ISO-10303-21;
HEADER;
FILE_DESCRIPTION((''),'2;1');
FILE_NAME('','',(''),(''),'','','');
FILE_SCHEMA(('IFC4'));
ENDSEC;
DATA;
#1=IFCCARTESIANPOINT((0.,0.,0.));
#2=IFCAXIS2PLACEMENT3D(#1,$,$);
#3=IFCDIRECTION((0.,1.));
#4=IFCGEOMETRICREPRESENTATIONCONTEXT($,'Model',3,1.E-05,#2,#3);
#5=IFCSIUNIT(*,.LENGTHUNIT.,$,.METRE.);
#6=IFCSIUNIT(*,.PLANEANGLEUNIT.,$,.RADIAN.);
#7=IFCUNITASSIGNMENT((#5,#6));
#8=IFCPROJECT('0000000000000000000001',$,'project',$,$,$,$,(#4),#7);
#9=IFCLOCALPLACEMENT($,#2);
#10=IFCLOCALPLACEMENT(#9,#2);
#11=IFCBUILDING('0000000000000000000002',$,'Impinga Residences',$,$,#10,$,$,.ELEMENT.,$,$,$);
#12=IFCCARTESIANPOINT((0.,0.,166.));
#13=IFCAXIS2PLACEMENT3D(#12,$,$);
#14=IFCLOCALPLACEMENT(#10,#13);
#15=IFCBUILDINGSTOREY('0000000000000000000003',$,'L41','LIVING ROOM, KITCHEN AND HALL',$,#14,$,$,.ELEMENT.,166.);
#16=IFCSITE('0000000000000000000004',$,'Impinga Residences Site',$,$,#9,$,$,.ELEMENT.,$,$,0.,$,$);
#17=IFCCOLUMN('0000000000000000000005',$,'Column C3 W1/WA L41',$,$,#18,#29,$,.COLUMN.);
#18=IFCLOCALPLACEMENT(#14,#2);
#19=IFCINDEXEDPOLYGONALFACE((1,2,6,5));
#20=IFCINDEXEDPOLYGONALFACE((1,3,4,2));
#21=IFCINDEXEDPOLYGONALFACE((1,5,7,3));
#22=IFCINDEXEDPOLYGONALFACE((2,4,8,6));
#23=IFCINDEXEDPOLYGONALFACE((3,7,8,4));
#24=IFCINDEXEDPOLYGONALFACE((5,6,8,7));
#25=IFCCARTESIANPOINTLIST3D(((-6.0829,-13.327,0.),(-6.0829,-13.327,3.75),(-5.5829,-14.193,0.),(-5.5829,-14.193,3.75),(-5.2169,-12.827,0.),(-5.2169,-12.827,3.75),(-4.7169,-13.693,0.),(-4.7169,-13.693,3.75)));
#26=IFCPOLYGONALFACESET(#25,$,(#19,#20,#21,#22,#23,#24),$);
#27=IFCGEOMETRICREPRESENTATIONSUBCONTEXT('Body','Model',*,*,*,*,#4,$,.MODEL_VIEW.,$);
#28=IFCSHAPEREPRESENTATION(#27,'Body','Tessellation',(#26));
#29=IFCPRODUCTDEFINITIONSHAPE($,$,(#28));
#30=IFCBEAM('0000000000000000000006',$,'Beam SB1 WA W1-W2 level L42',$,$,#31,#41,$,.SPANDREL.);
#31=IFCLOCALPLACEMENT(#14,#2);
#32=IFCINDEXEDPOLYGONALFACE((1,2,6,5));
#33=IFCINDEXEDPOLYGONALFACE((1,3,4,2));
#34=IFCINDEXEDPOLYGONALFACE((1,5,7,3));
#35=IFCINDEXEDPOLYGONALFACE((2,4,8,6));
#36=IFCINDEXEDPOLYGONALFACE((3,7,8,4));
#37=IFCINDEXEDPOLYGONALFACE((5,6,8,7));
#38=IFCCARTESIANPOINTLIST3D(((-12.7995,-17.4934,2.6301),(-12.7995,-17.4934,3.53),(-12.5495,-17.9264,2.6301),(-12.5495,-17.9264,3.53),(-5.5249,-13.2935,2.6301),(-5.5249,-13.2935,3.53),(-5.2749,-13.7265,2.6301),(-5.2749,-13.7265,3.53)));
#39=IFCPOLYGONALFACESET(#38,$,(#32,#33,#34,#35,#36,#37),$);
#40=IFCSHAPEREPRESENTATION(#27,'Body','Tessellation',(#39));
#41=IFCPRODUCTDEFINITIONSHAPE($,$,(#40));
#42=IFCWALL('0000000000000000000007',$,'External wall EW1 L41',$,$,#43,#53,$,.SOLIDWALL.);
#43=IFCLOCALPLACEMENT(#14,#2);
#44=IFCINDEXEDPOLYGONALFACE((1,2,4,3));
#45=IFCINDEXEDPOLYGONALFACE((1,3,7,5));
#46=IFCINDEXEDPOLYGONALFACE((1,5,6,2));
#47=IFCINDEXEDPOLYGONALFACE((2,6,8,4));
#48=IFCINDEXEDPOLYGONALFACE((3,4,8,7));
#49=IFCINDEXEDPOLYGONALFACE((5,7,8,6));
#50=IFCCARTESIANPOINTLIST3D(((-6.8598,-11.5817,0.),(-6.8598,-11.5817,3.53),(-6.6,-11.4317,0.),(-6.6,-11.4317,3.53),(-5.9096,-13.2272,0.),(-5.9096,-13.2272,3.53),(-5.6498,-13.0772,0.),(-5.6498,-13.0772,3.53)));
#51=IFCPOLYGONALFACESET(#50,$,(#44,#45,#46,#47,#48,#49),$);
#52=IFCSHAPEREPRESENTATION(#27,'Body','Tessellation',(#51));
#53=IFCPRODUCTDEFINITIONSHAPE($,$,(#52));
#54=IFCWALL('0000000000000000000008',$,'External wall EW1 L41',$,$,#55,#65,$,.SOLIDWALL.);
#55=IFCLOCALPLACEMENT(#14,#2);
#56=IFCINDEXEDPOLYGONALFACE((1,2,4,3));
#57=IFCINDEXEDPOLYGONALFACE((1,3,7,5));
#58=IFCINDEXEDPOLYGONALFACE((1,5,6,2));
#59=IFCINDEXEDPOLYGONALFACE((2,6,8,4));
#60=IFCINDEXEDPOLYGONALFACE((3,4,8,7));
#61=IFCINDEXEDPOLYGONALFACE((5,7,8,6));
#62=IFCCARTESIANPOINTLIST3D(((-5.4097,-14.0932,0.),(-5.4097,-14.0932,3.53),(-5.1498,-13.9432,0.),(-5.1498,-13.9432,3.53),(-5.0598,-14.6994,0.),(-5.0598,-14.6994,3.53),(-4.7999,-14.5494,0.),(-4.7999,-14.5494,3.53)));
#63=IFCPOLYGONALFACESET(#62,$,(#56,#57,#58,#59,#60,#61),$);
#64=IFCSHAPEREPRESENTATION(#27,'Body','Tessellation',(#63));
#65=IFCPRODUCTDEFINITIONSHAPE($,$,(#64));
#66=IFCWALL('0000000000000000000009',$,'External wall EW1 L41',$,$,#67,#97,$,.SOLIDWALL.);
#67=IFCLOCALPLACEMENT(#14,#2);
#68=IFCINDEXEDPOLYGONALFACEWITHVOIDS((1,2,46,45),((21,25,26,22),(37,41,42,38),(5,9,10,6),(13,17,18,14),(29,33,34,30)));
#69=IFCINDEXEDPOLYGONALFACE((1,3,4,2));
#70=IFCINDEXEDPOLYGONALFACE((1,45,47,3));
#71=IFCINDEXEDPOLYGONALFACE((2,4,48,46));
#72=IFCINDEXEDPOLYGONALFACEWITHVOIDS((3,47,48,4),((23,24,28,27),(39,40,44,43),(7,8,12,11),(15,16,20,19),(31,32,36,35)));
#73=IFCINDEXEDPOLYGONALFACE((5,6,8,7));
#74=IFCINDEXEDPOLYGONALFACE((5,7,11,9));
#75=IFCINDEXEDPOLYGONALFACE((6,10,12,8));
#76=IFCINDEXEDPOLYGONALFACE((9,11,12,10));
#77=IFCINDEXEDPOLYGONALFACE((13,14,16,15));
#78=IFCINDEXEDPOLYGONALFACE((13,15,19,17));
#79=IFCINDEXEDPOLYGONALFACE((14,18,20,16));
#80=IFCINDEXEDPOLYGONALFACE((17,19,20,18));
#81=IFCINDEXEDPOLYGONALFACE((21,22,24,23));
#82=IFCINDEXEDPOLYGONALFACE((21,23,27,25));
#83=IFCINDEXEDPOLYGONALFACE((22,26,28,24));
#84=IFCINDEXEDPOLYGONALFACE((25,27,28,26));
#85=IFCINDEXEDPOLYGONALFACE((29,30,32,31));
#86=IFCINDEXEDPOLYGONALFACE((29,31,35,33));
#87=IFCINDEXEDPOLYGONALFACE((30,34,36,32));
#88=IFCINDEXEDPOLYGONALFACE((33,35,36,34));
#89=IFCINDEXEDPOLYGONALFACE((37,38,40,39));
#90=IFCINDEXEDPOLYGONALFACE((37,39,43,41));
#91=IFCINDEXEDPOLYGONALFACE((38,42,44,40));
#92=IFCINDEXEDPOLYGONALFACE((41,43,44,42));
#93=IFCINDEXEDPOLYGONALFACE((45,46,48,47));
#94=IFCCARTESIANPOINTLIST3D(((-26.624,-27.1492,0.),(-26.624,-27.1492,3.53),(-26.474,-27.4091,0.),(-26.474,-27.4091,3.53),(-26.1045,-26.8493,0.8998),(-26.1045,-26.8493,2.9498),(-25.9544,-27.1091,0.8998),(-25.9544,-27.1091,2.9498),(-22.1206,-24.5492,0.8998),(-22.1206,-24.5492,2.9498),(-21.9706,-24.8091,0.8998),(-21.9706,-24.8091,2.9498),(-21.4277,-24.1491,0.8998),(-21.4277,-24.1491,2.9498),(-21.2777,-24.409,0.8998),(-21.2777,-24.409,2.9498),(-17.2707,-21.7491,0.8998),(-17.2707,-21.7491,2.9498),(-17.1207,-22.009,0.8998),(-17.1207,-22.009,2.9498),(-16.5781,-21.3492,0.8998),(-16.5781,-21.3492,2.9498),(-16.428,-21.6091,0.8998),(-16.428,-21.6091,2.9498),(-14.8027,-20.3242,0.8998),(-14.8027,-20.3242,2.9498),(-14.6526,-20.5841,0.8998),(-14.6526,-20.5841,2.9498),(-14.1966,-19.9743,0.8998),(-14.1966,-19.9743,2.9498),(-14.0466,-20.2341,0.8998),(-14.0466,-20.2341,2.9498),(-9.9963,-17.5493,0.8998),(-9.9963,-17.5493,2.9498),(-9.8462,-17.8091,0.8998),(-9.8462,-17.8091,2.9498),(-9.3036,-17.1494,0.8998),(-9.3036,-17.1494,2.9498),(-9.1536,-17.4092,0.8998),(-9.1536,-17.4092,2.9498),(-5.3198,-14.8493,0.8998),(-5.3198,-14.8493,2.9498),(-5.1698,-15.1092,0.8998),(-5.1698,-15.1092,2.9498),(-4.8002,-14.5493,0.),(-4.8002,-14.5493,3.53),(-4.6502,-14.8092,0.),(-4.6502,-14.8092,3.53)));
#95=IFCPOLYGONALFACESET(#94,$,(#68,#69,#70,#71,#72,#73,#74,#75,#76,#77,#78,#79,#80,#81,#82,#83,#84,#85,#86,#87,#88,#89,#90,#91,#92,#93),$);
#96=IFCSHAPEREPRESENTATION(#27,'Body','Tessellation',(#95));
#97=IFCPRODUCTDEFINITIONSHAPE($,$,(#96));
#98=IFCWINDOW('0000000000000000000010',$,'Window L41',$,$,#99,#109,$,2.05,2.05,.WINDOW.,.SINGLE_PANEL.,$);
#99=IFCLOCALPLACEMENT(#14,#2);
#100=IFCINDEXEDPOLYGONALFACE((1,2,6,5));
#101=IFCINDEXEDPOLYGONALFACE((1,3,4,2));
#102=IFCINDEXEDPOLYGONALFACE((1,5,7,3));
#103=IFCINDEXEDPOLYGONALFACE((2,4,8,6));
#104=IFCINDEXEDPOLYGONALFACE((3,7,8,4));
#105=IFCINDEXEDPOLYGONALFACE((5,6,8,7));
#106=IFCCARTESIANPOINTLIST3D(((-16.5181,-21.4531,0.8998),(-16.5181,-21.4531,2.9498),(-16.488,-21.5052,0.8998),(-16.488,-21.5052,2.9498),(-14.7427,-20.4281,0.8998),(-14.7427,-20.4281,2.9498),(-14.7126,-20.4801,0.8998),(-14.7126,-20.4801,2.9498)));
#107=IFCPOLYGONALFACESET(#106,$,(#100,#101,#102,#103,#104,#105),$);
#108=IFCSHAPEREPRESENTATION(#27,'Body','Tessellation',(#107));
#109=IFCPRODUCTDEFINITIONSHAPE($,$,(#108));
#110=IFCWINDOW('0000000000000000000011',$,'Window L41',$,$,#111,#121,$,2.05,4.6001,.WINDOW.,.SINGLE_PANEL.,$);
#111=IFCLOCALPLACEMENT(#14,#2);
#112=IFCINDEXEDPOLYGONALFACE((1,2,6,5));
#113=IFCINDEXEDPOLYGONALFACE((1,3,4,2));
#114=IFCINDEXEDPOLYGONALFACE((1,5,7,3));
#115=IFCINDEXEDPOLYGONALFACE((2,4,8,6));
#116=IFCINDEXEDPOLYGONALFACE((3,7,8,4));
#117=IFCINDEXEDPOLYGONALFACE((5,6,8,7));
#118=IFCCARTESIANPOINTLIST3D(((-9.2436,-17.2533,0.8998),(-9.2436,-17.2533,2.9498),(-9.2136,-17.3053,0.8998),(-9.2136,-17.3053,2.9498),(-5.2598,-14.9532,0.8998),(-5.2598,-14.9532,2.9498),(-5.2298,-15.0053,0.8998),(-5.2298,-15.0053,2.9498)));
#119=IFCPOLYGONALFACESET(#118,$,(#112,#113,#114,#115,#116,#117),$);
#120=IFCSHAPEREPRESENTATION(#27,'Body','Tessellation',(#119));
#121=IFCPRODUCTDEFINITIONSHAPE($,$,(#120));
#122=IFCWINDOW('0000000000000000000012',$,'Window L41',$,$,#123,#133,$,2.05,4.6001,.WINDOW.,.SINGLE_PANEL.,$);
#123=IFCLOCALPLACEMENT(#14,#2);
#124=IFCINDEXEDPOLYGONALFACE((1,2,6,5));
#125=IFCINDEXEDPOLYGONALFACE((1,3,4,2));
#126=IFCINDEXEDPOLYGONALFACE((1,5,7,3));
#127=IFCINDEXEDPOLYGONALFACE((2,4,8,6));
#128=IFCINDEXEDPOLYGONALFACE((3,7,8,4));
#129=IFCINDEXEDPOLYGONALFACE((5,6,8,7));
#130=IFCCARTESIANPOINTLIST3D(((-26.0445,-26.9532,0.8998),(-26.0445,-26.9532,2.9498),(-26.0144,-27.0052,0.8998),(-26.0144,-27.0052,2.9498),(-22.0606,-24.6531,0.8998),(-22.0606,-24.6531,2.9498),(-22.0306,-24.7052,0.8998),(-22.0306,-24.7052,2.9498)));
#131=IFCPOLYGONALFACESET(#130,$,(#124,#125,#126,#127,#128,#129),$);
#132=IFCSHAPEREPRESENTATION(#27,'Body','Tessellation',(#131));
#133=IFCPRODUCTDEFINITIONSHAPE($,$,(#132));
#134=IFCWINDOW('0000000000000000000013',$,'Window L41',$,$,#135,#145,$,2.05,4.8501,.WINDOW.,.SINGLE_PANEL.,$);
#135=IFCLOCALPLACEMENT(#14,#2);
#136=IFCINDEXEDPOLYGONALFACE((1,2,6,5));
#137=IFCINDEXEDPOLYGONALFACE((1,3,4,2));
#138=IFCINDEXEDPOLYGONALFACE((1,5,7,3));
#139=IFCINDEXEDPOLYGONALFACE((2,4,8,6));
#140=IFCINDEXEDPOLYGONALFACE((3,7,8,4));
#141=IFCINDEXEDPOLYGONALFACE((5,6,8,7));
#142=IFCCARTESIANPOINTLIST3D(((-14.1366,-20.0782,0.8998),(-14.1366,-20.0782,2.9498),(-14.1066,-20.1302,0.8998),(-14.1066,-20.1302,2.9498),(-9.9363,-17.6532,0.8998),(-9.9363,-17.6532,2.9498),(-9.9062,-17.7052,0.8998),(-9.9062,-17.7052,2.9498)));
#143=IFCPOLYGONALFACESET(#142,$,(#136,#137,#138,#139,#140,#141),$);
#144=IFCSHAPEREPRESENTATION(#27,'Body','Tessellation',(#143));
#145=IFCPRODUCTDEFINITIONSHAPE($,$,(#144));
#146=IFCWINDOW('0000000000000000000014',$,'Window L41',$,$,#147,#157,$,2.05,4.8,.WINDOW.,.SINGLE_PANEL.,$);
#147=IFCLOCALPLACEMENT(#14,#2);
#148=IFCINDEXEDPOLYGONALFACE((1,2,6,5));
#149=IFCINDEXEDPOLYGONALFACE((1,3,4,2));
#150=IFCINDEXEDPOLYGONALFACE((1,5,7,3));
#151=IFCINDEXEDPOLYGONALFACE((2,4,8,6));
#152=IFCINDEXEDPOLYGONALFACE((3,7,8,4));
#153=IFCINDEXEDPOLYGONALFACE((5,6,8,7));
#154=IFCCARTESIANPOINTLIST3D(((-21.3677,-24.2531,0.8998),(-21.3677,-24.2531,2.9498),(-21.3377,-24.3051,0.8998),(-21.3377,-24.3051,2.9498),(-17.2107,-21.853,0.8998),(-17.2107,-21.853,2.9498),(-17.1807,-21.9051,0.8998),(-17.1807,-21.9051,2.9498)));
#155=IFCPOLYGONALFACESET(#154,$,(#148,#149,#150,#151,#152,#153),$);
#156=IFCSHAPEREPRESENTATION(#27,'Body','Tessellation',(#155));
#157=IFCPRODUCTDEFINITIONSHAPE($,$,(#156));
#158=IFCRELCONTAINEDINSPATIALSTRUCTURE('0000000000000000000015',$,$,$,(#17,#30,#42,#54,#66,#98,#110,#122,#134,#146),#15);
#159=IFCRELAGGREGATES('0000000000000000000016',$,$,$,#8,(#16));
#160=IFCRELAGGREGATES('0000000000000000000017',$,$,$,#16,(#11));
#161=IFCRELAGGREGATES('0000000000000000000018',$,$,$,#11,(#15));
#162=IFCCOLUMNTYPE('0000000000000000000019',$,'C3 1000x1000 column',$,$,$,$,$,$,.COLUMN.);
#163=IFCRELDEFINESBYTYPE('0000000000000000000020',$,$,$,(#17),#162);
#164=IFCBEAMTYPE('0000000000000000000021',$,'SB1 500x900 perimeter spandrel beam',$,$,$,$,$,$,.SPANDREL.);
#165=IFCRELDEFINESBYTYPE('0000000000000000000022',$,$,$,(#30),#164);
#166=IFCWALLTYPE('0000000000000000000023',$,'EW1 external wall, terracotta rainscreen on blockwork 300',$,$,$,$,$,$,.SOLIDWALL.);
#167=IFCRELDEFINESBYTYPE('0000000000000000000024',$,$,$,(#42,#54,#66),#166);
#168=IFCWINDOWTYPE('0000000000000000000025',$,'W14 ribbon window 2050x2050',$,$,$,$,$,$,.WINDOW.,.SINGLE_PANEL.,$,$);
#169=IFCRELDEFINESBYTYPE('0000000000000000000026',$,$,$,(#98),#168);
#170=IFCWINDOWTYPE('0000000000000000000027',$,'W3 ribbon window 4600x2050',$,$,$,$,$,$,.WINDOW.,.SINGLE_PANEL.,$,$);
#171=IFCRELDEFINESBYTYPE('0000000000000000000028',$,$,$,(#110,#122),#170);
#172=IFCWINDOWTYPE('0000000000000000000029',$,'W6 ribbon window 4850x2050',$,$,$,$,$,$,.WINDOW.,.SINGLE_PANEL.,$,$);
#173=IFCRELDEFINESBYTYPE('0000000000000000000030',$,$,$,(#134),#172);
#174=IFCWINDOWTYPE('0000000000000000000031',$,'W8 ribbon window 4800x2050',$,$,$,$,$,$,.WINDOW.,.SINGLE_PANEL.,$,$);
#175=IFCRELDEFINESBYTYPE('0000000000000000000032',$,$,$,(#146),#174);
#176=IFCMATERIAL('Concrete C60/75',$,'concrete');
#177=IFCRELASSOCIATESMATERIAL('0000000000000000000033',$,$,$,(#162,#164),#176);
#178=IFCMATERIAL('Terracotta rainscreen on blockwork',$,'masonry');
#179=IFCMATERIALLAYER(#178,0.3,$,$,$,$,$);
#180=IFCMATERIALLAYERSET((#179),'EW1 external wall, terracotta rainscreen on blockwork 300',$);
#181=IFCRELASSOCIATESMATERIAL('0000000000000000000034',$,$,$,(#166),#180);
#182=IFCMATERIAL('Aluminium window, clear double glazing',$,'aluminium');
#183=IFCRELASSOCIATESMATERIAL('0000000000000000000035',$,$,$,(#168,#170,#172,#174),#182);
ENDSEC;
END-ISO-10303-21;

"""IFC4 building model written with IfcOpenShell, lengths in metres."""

from ifc_helpers import new_model, si_unit, direction, frame, frame_2d, origin, origin_2d, place, context, subcontext, project, spatial, rectangle, extrude, material, layer, layer_set, material_profile, profile_set, type_object, element, fill, save


model = new_model("IFC4")

# Units and contexts
model_context = context("Model", 3, precision=1e-05, world=origin(), true_north=direction((0.0, 1.0)))
body_context = subcontext(model_context, "Body", "Model", "MODEL_VIEW")
ifc_project = project(units=[si_unit("LENGTHUNIT", "METRE"), si_unit("PLANEANGLEUNIT", "RADIAN")], contexts=[model_context])

# Site, building, storey
site_placement = place(None, origin())
site = spatial("IfcSite", under=ifc_project, at=site_placement, Name="Impinga Residences Site", CompositionType="ELEMENT", RefElevation=0.0)
building_placement = place(site_placement, origin())
building = spatial("IfcBuilding", under=site, at=building_placement, Name="Impinga Residences", CompositionType="ELEMENT")
storey_placement = place(building_placement, frame((0.0, 0.0, 166.0)))
storey = spatial("IfcBuildingStorey", under=building, at=storey_placement, Name="L41", Description="LIVING ROOM, KITCHEN AND HALL", CompositionType="ELEMENT", Elevation=166.0)

# Column
ifc_material_1 = material(Name="Concrete C60/75", Category="concrete")
ifc_material_profile_1 = material_profile(ifc_material_1, rectangle(XDim=1.0, YDim=1.0, at=origin_2d()), Name="RC 1000x1000")
ifc_profile_set_1 = profile_set([ifc_material_profile_1], Name="Concrete C60/75")
column_type = type_object("IfcColumnType", Name="C3 1000x1000 column", PredefinedType="COLUMN", material=ifc_profile_set_1)
column_placement = place(storey_placement, frame((-5.3999, -13.51, 0.0), z_axis=(0.0, 0.0, 1.0), x_axis=(-0.5, 0.866025, 0.0)))
element("IfcColumn", 1, at=column_placement, inside=storey, type_object=column_type, Name="Column C3 W1/WA L41", PredefinedType="COLUMN", context=body_context, shape_type="SweptSolid", body=[
    extrude(rectangle(XDim=1.0, YDim=1.0, at=origin_2d()), origin(), (0.0, 0.0, 1.0), 3.75),
])

# Beam
ifc_material_profile_2 = material_profile(ifc_material_1, rectangle(XDim=0.5, YDim=0.8999, at=origin_2d()), Name="RC 500x900")
ifc_profile_set_2 = profile_set([ifc_material_profile_2], Name="Concrete C60/75")
beam_type = type_object("IfcBeamType", Name="SB1 500x900 perimeter spandrel beam", PredefinedType="SPANDREL", material=ifc_profile_set_2)
beam_placement = place(storey_placement, frame((-5.3999, -13.51, 3.0801), z_axis=(-0.866029, -0.499993, 0.0), x_axis=(0.499993, -0.866029, 0.0)))
element("IfcBeam", 2, at=beam_placement, inside=storey, type_object=beam_type, Name="Beam SB1 WA W1-W2 level L42", PredefinedType="SPANDREL", context=body_context, shape_type="SweptSolid", body=[
    extrude(rectangle(XDim=0.5, YDim=0.8999, at=origin_2d()), origin(), (0.0, 0.0, 1.0), 8.3999),
])

# Walls
ifc_material_2 = material(Name="Terracotta rainscreen on blockwork", Category="masonry")
ifc_layer_1 = layer(ifc_material_2, 0.3)
ifc_layer_set_1 = layer_set([ifc_layer_1], Name="EW1 external wall, terracotta rainscreen on blockwork 300")
wall_type_1 = type_object("IfcWallType", Name="EW1 external wall, terracotta rainscreen on blockwork 300", PredefinedType="SOLIDWALL", material=ifc_layer_set_1)
wall_1_placement = place(storey_placement, frame((-6.73, -11.5066, 0.0), z_axis=(0.0, 0.0, 1.0), x_axis=(0.500064, -0.865989, 0.0)))
element("IfcWall", 3, at=wall_1_placement, inside=storey, type_object=wall_type_1, Name="External wall EW1 L41", PredefinedType="SOLIDWALL", context=body_context, shape_type="SweptSolid", body=[
    extrude(rectangle(XDim=1.9001, YDim=0.3, at=frame_2d((0.9502, 0.0))), origin(), (0.0, 0.0, 1.0), 3.53),
])
wall_2_placement = place(storey_placement, frame((-5.2798, -14.0181, 0.0), z_axis=(0.0, 0.0, 1.0), x_axis=(0.499853, -0.86611, 0.0)))
element("IfcWall", 4, at=wall_2_placement, inside=storey, type_object=wall_type_1, Name="External wall EW1 L41", PredefinedType="SOLIDWALL", context=body_context, shape_type="SweptSolid", body=[
    extrude(rectangle(XDim=0.7, YDim=0.3, at=frame_2d((0.3501, 0.0))), origin(), (0.0, 0.0, 1.0), 3.53),
])

# Wall, openings, windows
wall_3_placement = place(storey_placement, frame((-4.7251, -14.6792, 0.0), z_axis=(0.0, 0.0, 1.0), x_axis=(-0.866027, -0.499998, 0.0)))
wall_3 = element("IfcWall", 5, at=wall_3_placement, inside=storey, type_object=wall_type_1, Name="External wall EW1 L41", PredefinedType="SOLIDWALL", context=body_context, shape_type="SweptSolid", body=[
    extrude(rectangle(XDim=25.2, YDim=0.3, at=frame_2d((12.6001, 0.0))), origin(), (0.0, 0.0, 1.0), 3.53),
])
opening_1_placement = place(wall_3_placement, frame((0.6001, 0.0, 0.8999)))
opening_1 = element("IfcOpeningElement", 6, at=opening_1_placement, cuts=wall_3, PredefinedType="OPENING", context=body_context, shape_type="SweptSolid", body=[
    extrude(rectangle(XDim=4.6001, YDim=2.05, at=frame_2d((2.3, 1.0249))), frame((0.0, 0.1599, 0.0), z_axis=(0.0, -1.0, 0.0), x_axis=(1.0, 0.0, 0.0)), (0.0, 0.0, 1.0), 0.3201),
])
opening_2_placement = place(wall_3_placement, frame((6.0, 0.0, 0.8999)))
opening_2 = element("IfcOpeningElement", 7, at=opening_2_placement, cuts=wall_3, PredefinedType="OPENING", context=body_context, shape_type="SweptSolid", body=[
    extrude(rectangle(XDim=4.8501, YDim=2.05, at=frame_2d((2.425, 1.0249))), frame((0.0, 0.1599, 0.0), z_axis=(0.0, -1.0, 0.0), x_axis=(1.0, 0.0, 0.0)), (0.0, 0.0, 1.0), 0.3201),
])
opening_3_placement = place(wall_3_placement, frame((11.55, 0.0, 0.8999)))
opening_3 = element("IfcOpeningElement", 8, at=opening_3_placement, cuts=wall_3, PredefinedType="OPENING", context=body_context, shape_type="SweptSolid", body=[
    extrude(rectangle(XDim=2.05, YDim=2.05, at=frame_2d((1.0249, 1.0249))), frame((0.0, 0.1599, 0.0), z_axis=(0.0, -1.0, 0.0), x_axis=(1.0, 0.0, 0.0)), (0.0, 0.0, 1.0), 0.3201),
])
opening_4_placement = place(wall_3_placement, frame((14.3999, 0.0, 0.8999)))
opening_4 = element("IfcOpeningElement", 9, at=opening_4_placement, cuts=wall_3, PredefinedType="OPENING", context=body_context, shape_type="SweptSolid", body=[
    extrude(rectangle(XDim=4.8, YDim=2.05, at=frame_2d((2.3999, 1.0249))), frame((0.0, 0.1599, 0.0), z_axis=(0.0, -1.0, 0.0), x_axis=(1.0, 0.0, 0.0)), (0.0, 0.0, 1.0), 0.3201),
])
opening_5_placement = place(wall_3_placement, frame((20.0, 0.0, 0.8999)))
opening_5 = element("IfcOpeningElement", 10, at=opening_5_placement, cuts=wall_3, PredefinedType="OPENING", context=body_context, shape_type="SweptSolid", body=[
    extrude(rectangle(XDim=4.6001, YDim=2.05, at=frame_2d((2.3, 1.0249))), frame((0.0, 0.1599, 0.0), z_axis=(0.0, -1.0, 0.0), x_axis=(1.0, 0.0, 0.0)), (0.0, 0.0, 1.0), 0.3201),
])
ifc_material_3 = material(Name="Aluminium window, clear double glazing", Category="aluminium")
window_type_1 = type_object("IfcWindowType", Name="W14 ribbon window 2050x2050", PartitioningType="SINGLE_PANEL", PredefinedType="WINDOW", material=ifc_material_3)
window_1_placement = place(opening_3_placement, origin())
window_1 = element("IfcWindow", 11, at=window_1_placement, inside=storey, type_object=window_type_1, Name="Window L41", OverallHeight=2.05, OverallWidth=2.05, PartitioningType="SINGLE_PANEL", PredefinedType="WINDOW", context=body_context, shape_type="SweptSolid", body=[
    extrude(rectangle(XDim=2.05, YDim=2.05, at=frame_2d((1.0249, 1.0249))), frame((0.0, 0.03, 0.0), z_axis=(0.0, -1.0, 0.0), x_axis=(1.0, 0.0, 0.0)), (0.0, 0.0, 1.0), 0.0601),
])
fill(opening_3, window_1)
window_type_2 = type_object("IfcWindowType", Name="W3 ribbon window 4600x2050", PartitioningType="SINGLE_PANEL", PredefinedType="WINDOW", material=ifc_material_3)
window_2_placement = place(opening_1_placement, origin())
window_2 = element("IfcWindow", 12, at=window_2_placement, inside=storey, type_object=window_type_2, Name="Window L41", OverallHeight=2.05, OverallWidth=4.6001, PartitioningType="SINGLE_PANEL", PredefinedType="WINDOW", context=body_context, shape_type="SweptSolid", body=[
    extrude(rectangle(XDim=4.6001, YDim=2.05, at=frame_2d((2.3, 1.0249))), frame((0.0, 0.03, 0.0), z_axis=(0.0, -1.0, 0.0), x_axis=(1.0, 0.0, 0.0)), (0.0, 0.0, 1.0), 0.0601),
])
fill(opening_1, window_2)
window_3_placement = place(opening_5_placement, origin())
window_3 = element("IfcWindow", 13, at=window_3_placement, inside=storey, type_object=window_type_2, Name="Window L41", OverallHeight=2.05, OverallWidth=4.6001, PartitioningType="SINGLE_PANEL", PredefinedType="WINDOW", context=body_context, shape_type="SweptSolid", body=[
    extrude(rectangle(XDim=4.6001, YDim=2.05, at=frame_2d((2.3, 1.0249))), frame((0.0, 0.03, 0.0), z_axis=(0.0, -1.0, 0.0), x_axis=(1.0, 0.0, 0.0)), (0.0, 0.0, 1.0), 0.0601),
])
fill(opening_5, window_3)
window_type_3 = type_object("IfcWindowType", Name="W6 ribbon window 4850x2050", PartitioningType="SINGLE_PANEL", PredefinedType="WINDOW", material=ifc_material_3)
window_4_placement = place(opening_2_placement, origin())
window_4 = element("IfcWindow", 14, at=window_4_placement, inside=storey, type_object=window_type_3, Name="Window L41", OverallHeight=2.05, OverallWidth=4.8501, PartitioningType="SINGLE_PANEL", PredefinedType="WINDOW", context=body_context, shape_type="SweptSolid", body=[
    extrude(rectangle(XDim=4.8501, YDim=2.05, at=frame_2d((2.425, 1.0249))), frame((0.0, 0.03, 0.0), z_axis=(0.0, -1.0, 0.0), x_axis=(1.0, 0.0, 0.0)), (0.0, 0.0, 1.0), 0.0601),
])
fill(opening_2, window_4)
window_type_4 = type_object("IfcWindowType", Name="W8 ribbon window 4800x2050", PartitioningType="SINGLE_PANEL", PredefinedType="WINDOW", material=ifc_material_3)
window_5_placement = place(opening_4_placement, origin())
window_5 = element("IfcWindow", 15, at=window_5_placement, inside=storey, type_object=window_type_4, Name="Window L41", OverallHeight=2.05, OverallWidth=4.8, PartitioningType="SINGLE_PANEL", PredefinedType="WINDOW", context=body_context, shape_type="SweptSolid", body=[
    extrude(rectangle(XDim=4.8, YDim=2.05, at=frame_2d((2.3999, 1.0249))), frame((0.0, 0.03, 0.0), z_axis=(0.0, -1.0, 0.0), x_axis=(1.0, 0.0, 0.0)), (0.0, 0.0, 1.0), 0.0601),
])
fill(opening_4, window_5)

save(model, "model.ifc")
